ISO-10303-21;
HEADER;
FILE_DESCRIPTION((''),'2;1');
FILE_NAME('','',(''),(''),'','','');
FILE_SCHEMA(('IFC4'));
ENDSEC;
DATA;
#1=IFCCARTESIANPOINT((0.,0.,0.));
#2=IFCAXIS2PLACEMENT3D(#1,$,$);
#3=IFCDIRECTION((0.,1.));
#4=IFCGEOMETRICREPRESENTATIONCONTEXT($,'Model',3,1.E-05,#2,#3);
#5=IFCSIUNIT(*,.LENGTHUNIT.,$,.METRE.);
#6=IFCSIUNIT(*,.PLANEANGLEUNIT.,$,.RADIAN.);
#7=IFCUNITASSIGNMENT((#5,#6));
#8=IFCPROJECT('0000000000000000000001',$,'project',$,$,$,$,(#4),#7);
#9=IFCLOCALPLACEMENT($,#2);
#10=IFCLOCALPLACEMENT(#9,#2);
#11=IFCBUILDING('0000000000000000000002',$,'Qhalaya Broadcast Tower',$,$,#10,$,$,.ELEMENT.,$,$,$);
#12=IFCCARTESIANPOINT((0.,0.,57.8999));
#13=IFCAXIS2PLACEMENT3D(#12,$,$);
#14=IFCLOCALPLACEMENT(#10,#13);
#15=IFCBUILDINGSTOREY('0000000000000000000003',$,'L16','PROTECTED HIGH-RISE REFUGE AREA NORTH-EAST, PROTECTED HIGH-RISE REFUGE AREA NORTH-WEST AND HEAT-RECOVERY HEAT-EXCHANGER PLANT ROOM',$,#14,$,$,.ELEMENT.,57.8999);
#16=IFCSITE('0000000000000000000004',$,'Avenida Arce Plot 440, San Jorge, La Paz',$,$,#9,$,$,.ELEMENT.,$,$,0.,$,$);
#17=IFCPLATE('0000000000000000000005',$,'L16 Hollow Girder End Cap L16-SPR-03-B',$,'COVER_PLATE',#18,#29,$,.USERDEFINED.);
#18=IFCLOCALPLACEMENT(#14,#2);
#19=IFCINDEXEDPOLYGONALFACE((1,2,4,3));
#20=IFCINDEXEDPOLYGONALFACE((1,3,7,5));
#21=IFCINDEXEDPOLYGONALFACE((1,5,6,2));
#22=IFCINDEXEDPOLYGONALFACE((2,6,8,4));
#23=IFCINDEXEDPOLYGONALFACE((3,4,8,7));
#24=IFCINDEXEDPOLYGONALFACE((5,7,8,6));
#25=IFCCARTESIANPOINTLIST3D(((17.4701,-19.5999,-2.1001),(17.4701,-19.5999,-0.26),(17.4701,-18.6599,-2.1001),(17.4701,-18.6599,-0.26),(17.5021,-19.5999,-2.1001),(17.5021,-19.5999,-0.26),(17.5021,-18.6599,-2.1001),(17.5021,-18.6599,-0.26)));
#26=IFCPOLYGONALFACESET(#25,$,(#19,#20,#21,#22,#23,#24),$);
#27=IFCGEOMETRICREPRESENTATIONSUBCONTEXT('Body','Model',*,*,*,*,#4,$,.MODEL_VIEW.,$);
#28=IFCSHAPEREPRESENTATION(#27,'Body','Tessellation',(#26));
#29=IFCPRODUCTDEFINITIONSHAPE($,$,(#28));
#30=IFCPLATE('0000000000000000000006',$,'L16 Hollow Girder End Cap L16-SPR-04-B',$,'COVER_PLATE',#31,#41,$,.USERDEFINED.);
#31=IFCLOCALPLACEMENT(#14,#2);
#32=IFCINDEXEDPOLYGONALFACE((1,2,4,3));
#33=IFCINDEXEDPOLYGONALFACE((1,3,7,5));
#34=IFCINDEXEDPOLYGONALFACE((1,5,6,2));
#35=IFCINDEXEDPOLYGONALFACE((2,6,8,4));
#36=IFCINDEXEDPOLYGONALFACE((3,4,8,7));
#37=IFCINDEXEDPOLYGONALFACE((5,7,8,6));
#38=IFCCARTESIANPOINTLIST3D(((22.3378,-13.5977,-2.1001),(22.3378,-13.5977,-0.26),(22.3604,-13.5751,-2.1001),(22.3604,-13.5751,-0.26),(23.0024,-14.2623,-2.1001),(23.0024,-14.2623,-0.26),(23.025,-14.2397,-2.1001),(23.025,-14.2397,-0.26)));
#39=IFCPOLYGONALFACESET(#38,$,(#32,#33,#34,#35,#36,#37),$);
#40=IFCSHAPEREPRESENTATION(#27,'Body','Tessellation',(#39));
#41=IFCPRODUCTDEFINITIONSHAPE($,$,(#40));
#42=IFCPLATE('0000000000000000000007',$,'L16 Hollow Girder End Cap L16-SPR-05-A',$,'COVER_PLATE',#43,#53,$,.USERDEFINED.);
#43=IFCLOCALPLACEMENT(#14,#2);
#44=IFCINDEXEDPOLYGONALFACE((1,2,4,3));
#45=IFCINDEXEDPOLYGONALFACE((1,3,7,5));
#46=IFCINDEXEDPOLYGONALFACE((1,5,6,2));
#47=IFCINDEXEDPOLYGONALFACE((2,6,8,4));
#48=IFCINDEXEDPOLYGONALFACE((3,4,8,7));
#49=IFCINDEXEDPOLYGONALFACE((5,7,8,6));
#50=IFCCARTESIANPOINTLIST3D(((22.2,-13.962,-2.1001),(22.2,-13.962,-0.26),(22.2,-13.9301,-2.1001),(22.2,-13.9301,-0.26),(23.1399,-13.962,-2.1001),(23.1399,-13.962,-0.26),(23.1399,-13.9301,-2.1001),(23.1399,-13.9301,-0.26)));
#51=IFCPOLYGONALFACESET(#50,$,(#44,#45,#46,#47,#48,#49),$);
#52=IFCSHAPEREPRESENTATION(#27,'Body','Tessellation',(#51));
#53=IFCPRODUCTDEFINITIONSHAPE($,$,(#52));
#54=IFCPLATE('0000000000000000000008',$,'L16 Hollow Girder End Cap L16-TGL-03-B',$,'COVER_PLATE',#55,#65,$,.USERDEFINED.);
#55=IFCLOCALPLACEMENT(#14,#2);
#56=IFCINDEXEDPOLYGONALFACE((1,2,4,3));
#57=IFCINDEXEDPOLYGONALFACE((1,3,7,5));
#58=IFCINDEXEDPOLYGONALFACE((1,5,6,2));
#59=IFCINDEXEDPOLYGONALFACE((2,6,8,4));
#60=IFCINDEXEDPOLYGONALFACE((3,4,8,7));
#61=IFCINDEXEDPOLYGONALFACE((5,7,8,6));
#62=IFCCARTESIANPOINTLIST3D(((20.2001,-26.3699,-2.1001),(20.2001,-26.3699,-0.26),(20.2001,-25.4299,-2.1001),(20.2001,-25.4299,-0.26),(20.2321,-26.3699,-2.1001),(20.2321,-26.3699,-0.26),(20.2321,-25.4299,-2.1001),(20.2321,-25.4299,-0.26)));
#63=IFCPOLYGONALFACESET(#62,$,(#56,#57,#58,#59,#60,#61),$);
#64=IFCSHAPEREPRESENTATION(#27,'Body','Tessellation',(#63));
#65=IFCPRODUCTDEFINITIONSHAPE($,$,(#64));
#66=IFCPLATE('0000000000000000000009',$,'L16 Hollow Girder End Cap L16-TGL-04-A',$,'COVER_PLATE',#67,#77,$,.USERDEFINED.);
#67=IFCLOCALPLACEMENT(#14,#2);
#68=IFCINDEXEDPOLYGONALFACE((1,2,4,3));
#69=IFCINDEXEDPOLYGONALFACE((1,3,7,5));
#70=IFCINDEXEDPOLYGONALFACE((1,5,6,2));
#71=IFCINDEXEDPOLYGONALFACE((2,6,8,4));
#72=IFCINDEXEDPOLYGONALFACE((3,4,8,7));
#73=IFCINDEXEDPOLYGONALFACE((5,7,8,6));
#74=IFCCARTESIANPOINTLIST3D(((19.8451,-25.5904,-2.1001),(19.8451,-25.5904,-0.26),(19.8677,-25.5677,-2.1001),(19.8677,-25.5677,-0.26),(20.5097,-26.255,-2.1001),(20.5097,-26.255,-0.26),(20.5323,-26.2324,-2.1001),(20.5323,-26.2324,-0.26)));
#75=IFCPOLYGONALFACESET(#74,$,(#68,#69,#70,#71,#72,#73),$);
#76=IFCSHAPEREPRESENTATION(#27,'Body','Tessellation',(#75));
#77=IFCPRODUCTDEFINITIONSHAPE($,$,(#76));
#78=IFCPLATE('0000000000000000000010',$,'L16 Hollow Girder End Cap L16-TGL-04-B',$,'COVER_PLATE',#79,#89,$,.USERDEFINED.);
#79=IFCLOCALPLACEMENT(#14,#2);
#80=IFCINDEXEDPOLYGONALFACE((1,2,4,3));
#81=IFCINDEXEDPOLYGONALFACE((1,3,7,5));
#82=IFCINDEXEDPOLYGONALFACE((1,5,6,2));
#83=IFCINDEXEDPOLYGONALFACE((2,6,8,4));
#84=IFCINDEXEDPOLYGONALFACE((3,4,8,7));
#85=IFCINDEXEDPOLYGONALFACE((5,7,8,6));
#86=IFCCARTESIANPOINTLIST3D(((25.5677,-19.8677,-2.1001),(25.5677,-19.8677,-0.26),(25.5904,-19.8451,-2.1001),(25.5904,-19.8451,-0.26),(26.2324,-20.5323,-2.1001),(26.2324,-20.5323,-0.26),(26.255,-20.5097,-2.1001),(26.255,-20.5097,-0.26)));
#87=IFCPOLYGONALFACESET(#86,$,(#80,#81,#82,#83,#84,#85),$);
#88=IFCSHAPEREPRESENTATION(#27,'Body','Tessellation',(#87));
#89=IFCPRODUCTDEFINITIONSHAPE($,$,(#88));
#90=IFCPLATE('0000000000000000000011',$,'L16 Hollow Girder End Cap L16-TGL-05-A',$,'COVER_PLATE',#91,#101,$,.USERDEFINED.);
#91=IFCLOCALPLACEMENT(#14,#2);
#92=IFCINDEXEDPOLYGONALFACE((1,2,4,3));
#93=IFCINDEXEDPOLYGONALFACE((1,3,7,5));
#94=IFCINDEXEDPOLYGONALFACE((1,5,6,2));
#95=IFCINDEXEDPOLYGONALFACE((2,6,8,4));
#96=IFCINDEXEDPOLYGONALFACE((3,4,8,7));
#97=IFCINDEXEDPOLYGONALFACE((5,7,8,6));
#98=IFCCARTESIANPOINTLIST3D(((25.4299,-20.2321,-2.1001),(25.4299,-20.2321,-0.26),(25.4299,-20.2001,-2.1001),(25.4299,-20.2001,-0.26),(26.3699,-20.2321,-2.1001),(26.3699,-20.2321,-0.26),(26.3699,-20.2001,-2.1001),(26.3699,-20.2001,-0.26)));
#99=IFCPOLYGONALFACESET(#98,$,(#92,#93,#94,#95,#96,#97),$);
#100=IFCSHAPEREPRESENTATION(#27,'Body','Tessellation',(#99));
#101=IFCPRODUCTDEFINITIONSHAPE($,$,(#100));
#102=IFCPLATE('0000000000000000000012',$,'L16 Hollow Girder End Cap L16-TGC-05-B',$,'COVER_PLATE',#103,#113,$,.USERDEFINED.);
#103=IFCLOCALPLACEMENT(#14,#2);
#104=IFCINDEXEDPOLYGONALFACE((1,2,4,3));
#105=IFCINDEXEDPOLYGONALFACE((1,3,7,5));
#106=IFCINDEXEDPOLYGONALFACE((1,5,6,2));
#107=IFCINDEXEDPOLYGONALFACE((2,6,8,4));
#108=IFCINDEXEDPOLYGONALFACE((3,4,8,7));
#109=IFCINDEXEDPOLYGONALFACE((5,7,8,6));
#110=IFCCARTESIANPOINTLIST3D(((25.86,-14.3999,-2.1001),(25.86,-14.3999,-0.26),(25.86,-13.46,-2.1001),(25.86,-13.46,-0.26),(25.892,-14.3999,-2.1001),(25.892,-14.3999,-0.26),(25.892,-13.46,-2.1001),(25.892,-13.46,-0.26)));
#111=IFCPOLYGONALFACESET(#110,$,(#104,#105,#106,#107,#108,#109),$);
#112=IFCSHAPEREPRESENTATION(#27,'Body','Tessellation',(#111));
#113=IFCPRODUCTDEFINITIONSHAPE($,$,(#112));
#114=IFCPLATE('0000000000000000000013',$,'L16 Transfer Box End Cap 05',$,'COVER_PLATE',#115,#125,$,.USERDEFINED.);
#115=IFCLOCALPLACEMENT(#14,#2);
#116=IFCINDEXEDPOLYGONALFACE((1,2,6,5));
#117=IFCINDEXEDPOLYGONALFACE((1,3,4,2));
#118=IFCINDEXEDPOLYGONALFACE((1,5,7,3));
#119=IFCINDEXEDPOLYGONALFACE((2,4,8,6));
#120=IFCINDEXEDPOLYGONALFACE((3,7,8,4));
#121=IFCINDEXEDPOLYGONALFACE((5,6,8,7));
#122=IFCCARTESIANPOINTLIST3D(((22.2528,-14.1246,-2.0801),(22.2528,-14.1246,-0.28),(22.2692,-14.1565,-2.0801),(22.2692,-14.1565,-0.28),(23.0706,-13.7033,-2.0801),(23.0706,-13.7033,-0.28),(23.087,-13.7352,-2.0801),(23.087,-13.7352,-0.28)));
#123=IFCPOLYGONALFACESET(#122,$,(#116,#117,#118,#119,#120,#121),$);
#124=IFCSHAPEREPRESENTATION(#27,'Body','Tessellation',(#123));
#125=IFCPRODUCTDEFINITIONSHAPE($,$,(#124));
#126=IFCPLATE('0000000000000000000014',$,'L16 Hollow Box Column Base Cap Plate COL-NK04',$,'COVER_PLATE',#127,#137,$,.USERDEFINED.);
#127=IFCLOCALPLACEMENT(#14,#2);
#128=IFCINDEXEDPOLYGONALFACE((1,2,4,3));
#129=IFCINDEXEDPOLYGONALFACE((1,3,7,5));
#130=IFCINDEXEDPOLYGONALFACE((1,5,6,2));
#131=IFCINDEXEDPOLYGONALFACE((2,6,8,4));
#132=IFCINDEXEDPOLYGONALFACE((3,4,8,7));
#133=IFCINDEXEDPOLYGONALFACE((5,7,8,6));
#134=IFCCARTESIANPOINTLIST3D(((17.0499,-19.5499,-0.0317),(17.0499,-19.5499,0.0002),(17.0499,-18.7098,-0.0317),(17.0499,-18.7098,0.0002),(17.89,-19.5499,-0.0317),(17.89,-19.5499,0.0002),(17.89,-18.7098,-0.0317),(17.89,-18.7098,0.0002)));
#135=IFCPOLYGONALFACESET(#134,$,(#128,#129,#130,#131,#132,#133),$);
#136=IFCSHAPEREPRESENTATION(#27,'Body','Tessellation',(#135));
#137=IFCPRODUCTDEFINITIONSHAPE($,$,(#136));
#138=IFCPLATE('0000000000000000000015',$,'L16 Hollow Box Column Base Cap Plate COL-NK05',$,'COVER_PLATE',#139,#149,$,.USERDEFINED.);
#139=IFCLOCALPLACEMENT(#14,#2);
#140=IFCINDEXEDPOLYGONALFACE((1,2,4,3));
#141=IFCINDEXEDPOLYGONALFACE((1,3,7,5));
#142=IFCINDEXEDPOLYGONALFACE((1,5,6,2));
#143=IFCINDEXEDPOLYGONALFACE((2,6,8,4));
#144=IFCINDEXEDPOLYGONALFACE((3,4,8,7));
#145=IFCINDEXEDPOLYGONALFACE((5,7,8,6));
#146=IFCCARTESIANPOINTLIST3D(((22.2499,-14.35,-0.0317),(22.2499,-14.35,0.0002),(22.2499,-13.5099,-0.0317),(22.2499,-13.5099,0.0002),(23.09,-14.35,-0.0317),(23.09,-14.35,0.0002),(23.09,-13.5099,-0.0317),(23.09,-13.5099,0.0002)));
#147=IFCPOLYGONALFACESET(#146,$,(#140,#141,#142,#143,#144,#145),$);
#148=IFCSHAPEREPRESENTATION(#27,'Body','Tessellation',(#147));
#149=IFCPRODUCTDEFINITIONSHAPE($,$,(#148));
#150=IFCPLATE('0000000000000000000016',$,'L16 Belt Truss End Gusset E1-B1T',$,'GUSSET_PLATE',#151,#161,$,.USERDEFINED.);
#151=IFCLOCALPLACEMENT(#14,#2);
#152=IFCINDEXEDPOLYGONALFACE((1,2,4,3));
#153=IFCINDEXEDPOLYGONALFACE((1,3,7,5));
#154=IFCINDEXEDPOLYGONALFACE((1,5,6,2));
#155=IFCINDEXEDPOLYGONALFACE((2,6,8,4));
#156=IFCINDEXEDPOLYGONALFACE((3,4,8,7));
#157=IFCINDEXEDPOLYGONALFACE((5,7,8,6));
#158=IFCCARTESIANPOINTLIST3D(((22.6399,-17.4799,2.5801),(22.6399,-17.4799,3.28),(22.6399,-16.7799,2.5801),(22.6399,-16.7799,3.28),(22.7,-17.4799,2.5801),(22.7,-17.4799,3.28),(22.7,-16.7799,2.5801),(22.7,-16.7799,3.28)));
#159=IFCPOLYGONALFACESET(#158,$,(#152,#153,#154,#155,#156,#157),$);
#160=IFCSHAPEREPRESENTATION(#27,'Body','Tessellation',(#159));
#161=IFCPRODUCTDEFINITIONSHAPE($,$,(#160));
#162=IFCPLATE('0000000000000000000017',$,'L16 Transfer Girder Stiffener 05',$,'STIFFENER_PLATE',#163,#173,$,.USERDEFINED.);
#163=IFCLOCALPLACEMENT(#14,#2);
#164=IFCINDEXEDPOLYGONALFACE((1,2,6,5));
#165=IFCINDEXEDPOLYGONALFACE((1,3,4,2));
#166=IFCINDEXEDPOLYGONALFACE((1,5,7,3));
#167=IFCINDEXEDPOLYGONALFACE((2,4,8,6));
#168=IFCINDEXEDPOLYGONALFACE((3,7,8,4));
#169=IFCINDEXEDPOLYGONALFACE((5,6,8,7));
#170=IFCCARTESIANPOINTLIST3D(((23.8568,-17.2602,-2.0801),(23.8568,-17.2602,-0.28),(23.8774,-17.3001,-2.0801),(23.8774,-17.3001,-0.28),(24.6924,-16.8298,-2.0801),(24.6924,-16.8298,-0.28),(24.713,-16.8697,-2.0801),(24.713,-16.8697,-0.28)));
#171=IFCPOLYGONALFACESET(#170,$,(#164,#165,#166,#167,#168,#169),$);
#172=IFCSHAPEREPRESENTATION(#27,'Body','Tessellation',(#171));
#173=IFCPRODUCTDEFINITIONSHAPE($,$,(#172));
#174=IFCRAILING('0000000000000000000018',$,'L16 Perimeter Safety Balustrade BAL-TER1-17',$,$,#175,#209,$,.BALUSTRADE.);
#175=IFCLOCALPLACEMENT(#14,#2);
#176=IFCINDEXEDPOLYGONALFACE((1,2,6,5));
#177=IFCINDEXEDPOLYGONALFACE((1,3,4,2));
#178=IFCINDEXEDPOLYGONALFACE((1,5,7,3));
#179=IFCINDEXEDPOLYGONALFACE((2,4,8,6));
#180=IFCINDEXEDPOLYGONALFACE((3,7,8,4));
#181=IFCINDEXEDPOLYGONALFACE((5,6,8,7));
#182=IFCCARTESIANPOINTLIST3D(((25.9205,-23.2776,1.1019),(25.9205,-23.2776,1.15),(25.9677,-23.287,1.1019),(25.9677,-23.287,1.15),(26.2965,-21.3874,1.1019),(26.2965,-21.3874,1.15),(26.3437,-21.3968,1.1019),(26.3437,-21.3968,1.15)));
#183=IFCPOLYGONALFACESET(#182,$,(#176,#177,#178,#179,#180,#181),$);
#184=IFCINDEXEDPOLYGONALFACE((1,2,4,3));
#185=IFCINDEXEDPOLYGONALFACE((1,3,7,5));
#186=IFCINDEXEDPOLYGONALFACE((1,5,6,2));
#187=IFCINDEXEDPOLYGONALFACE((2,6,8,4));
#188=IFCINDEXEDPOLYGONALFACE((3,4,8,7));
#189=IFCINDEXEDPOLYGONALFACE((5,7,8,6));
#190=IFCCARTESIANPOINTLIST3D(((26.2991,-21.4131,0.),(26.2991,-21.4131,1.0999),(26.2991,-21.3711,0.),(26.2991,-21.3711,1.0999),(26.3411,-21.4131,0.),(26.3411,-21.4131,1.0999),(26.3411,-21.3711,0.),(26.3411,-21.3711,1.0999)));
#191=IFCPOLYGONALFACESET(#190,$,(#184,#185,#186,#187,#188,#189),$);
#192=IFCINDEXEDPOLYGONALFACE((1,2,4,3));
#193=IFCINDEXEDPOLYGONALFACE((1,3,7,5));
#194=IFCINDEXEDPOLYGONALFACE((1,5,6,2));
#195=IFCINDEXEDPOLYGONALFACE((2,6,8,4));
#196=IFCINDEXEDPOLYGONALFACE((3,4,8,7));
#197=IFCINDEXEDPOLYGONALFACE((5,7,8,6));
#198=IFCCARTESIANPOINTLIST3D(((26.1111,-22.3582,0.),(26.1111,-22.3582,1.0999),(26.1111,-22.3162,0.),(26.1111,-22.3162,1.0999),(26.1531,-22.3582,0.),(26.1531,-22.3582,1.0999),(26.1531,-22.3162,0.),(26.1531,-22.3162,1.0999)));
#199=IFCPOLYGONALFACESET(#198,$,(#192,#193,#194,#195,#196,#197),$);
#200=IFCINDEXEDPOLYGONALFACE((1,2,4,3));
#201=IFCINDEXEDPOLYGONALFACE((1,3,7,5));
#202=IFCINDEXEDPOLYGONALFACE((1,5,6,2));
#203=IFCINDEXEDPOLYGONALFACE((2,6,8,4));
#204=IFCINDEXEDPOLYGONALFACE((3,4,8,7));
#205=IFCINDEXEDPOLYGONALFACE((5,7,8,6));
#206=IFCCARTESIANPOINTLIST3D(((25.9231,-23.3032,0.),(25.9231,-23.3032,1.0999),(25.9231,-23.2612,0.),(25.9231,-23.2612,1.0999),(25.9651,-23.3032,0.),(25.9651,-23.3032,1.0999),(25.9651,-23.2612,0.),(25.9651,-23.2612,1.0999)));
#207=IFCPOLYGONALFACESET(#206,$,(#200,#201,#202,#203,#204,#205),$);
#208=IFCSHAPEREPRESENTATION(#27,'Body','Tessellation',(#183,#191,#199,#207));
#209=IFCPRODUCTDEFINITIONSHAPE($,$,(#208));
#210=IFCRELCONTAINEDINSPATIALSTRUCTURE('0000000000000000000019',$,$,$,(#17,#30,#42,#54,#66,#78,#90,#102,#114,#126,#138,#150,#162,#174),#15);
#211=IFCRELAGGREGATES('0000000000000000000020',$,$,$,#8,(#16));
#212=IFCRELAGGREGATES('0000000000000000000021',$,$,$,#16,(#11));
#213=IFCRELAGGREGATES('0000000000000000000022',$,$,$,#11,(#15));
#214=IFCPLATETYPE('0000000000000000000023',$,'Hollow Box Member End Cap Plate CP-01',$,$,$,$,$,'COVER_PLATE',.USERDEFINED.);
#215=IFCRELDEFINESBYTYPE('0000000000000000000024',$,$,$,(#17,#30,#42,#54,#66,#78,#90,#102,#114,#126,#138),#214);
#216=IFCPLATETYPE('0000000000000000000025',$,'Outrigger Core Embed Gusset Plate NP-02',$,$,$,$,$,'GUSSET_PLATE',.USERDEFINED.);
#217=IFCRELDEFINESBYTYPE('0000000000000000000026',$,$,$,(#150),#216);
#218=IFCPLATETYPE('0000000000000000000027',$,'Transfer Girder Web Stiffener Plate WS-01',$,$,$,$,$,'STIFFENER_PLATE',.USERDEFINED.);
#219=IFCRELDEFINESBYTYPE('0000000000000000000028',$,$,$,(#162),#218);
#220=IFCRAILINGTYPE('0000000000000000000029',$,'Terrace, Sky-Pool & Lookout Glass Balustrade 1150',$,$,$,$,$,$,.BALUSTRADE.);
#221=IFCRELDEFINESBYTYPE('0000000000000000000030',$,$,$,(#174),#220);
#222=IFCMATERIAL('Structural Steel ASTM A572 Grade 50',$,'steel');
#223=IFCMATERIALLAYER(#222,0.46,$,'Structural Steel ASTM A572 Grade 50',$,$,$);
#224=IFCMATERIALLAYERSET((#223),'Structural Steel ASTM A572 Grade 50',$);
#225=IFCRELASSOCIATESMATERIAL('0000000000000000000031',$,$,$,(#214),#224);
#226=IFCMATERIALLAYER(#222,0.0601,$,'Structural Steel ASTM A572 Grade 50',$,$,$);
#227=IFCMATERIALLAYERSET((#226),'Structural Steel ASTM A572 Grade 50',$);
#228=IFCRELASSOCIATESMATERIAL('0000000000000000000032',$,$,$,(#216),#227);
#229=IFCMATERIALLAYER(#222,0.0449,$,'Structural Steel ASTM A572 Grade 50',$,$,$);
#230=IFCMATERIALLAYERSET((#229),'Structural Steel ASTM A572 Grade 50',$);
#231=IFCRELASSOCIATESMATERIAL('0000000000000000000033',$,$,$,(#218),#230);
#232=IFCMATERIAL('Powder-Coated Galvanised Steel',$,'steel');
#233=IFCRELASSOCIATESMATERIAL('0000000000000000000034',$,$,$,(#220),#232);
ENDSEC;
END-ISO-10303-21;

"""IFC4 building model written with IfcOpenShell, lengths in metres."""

from ifc_helpers import new_model, si_unit, direction, frame, origin, origin_2d, place, context, subcontext, project, spatial, rectangle, extrude, material, layer, layer_set, type_object, element, save


model = new_model("IFC4")

# Units and contexts
model_context = context("Model", 3, precision=1e-05, world=origin(), true_north=direction((0.0, 1.0)))
body_context = subcontext(model_context, "Body", "Model", "MODEL_VIEW")
ifc_project = project(units=[si_unit("LENGTHUNIT", "METRE"), si_unit("PLANEANGLEUNIT", "RADIAN")], contexts=[model_context])

# Site, building, storey
site_placement = place(None, origin())
site = spatial("IfcSite", under=ifc_project, at=site_placement, Name="Avenida Arce Plot 440, San Jorge, La Paz", CompositionType="ELEMENT", RefElevation=0.0)
building_placement = place(site_placement, origin())
building = spatial("IfcBuilding", under=site, at=building_placement, Name="Qhalaya Broadcast Tower", CompositionType="ELEMENT")
storey_placement = place(building_placement, frame((0.0, 0.0, 57.8999)))
storey = spatial("IfcBuildingStorey", under=building, at=storey_placement, Name="L16", Description="PROTECTED HIGH-RISE REFUGE AREA NORTH-EAST, PROTECTED HIGH-RISE REFUGE AREA NORTH-WEST AND HEAT-RECOVERY HEAT-EXCHANGER PLANT ROOM", CompositionType="ELEMENT", Elevation=57.8999)

# Shared definitions
ifc_material_1 = material(Name="Structural Steel ASTM A572 Grade 50", Category="steel")

# Plates
ifc_layer_1 = layer(ifc_material_1, 0.46, Name="Structural Steel ASTM A572 Grade 50")
ifc_layer_set_1 = layer_set([ifc_layer_1], Name="Structural Steel ASTM A572 Grade 50")
plate_type_1 = type_object("IfcPlateType", Name="Hollow Box Member End Cap Plate CP-01", ElementType="COVER_PLATE", PredefinedType="USERDEFINED", material=ifc_layer_set_1)
for number, where, z_axis, x_axis, name in (
    (1, (17.4861, -19.1299, -2.1001), (0.0, 0.0, 1.0), (0.0, 1.0, 0.0), "L16 Hollow Girder End Cap L16-SPR-03-B"),
    (2, (22.6814, -13.9187, -2.1001), (0.0, 0.0, 1.0), (-0.707107, 0.707107, 0.0), "L16 Hollow Girder End Cap L16-SPR-04-B"),
    (3, (22.6699, -13.946, -2.1001), (0.0, 0.0, 1.0), (-1.0, 0.0, 0.0), "L16 Hollow Girder End Cap L16-SPR-05-A"),
    (4, (20.2161, -25.8999, -2.1001), (0.0, 0.0, 1.0), (0.0, 1.0, 0.0), "L16 Hollow Girder End Cap L16-TGL-03-B"),
    (5, (20.1887, -25.9114, -2.1001), (0.0, 0.0, 1.0), (-0.707107, 0.707107, 0.0), "L16 Hollow Girder End Cap L16-TGL-04-A"),
    (6, (25.9114, -20.1887, -2.1001), (0.0, 0.0, 1.0), (-0.707107, 0.707107, 0.0), "L16 Hollow Girder End Cap L16-TGL-04-B"),
    (7, (25.8999, -20.2161, -2.1001), (0.0, 0.0, 1.0), (-1.0, 0.0, 0.0), "L16 Hollow Girder End Cap L16-TGL-05-A"),
    (8, (25.876, -13.9299, -2.1001), (0.0, 0.0, 1.0), (0.0, 1.0, 0.0), "L16 Hollow Girder End Cap L16-TGC-05-B"),
):
    element("IfcPlate", number, at=place(storey_placement, frame(where, z_axis=z_axis, x_axis=x_axis)), inside=storey, type_object=plate_type_1, Name=name, ObjectType="COVER_PLATE", PredefinedType="USERDEFINED", context=body_context, shape_type="SweptSolid", body=[
        extrude(rectangle(XDim=0.9399, YDim=0.032, at=origin_2d()), origin(), (0.0, 0.0, 1.0), 1.8401),
    ])
plate_1_placement = place(storey_placement, frame((22.6699, -13.9299, -2.0801), z_axis=(0.0, 0.0, 1.0), x_axis=(-0.888977, -0.457951, 0.0)))
element("IfcPlate", 9, at=plate_1_placement, inside=storey, type_object=plate_type_1, Name="L16 Transfer Box End Cap 05", ObjectType="COVER_PLATE", PredefinedType="USERDEFINED", context=body_context, shape_type="SweptSolid", body=[
    extrude(rectangle(XDim=0.9199, YDim=0.0359, at=origin_2d()), origin(), (0.0, 0.0, 1.0), 1.8),
])
for number, where, z_axis, x_axis, name in (
    (10, (17.47, -19.1299, -0.0317), (0.0, 0.0, 1.0), (1.0, 0.0, 0.0), "L16 Hollow Box Column Base Cap Plate COL-NK04"),
    (11, (22.6699, -13.9299, -0.0317), (0.0, 0.0, 1.0), (0.0, 1.0, 0.0), "L16 Hollow Box Column Base Cap Plate COL-NK05"),
):
    element("IfcPlate", number, at=place(storey_placement, frame(where, z_axis=z_axis, x_axis=x_axis)), inside=storey, type_object=plate_type_1, Name=name, ObjectType="COVER_PLATE", PredefinedType="USERDEFINED", context=body_context, shape_type="SweptSolid", body=[
        extrude(rectangle(XDim=0.8401, YDim=0.8401, at=origin_2d()), origin(), (0.0, 0.0, 1.0), 0.032),
    ])
ifc_layer_2 = layer(ifc_material_1, 0.0601, Name="Structural Steel ASTM A572 Grade 50")
ifc_layer_set_2 = layer_set([ifc_layer_2], Name="Structural Steel ASTM A572 Grade 50")
plate_type_2 = type_object("IfcPlateType", Name="Outrigger Core Embed Gusset Plate NP-02", ElementType="GUSSET_PLATE", PredefinedType="USERDEFINED", material=ifc_layer_set_2)
plate_2_placement = place(storey_placement, frame((22.6699, -17.1299, 2.5801), z_axis=(0.0, 0.0, 1.0), x_axis=(0.0, 1.0, 0.0)))
element("IfcPlate", 12, at=plate_2_placement, inside=storey, type_object=plate_type_2, Name="L16 Belt Truss End Gusset E1-B1T", ObjectType="GUSSET_PLATE", PredefinedType="USERDEFINED", context=body_context, shape_type="SweptSolid", body=[
    extrude(rectangle(XDim=0.7, YDim=0.0601, at=origin_2d()), origin(), (0.0, 0.0, 1.0), 0.7),
])
ifc_layer_3 = layer(ifc_material_1, 0.0449, Name="Structural Steel ASTM A572 Grade 50")
ifc_layer_set_3 = layer_set([ifc_layer_3], Name="Structural Steel ASTM A572 Grade 50")
plate_type_3 = type_object("IfcPlateType", Name="Transfer Girder Web Stiffener Plate WS-01", ElementType="STIFFENER_PLATE", PredefinedType="USERDEFINED", material=ifc_layer_set_3)
plate_3_placement = place(storey_placement, frame((24.2849, -17.0649, -2.0801), z_axis=(0.0, 0.0, 1.0), x_axis=(-0.888977, -0.457951, 0.0)))
element("IfcPlate", 13, at=plate_3_placement, inside=storey, type_object=plate_type_3, Name="L16 Transfer Girder Stiffener 05", ObjectType="STIFFENER_PLATE", PredefinedType="USERDEFINED", context=body_context, shape_type="SweptSolid", body=[
    extrude(rectangle(XDim=0.9399, YDim=0.0449, at=origin_2d()), origin(), (0.0, 0.0, 1.0), 1.8),
])

# Railing
ifc_material_2 = material(Name="Powder-Coated Galvanised Steel", Category="steel")
railing_type = type_object("IfcRailingType", Name="Terrace, Sky-Pool & Lookout Glass Balustrade 1150", PredefinedType="BALUSTRADE", material=ifc_material_2)
railing_1_placement = place(storey_placement, frame((26.3201, -21.3921, 0.0)))
element("IfcRailing", 14, at=railing_1_placement, inside=storey, type_object=railing_type, Name="L16 Perimeter Safety Balustrade BAL-TER1-17", PredefinedType="BALUSTRADE", context=body_context, shape_type="SweptSolid", body=[
    extrude(rectangle(XDim=0.0481, YDim=0.0481, at=origin_2d()), frame((0.0, 0.0, 1.126), z_axis=(-0.195093, -0.980785, 0.0), x_axis=(0.980785, -0.195093, 0.0)), (0.0, 0.0, 1.0), 1.9272),
    extrude(rectangle(XDim=0.042, YDim=0.042, at=origin_2d()), origin(), (0.0, 0.0, 1.0), 1.0999),
    extrude(rectangle(XDim=0.042, YDim=0.042, at=origin_2d()), frame((-0.188, -0.9451, 0.0)), (0.0, 0.0, 1.0), 1.0999),
    extrude(rectangle(XDim=0.042, YDim=0.042, at=origin_2d()), frame((-0.376, -1.8901, 0.0)), (0.0, 0.0, 1.0), 1.0999),
])

save(model, "model.ifc")
